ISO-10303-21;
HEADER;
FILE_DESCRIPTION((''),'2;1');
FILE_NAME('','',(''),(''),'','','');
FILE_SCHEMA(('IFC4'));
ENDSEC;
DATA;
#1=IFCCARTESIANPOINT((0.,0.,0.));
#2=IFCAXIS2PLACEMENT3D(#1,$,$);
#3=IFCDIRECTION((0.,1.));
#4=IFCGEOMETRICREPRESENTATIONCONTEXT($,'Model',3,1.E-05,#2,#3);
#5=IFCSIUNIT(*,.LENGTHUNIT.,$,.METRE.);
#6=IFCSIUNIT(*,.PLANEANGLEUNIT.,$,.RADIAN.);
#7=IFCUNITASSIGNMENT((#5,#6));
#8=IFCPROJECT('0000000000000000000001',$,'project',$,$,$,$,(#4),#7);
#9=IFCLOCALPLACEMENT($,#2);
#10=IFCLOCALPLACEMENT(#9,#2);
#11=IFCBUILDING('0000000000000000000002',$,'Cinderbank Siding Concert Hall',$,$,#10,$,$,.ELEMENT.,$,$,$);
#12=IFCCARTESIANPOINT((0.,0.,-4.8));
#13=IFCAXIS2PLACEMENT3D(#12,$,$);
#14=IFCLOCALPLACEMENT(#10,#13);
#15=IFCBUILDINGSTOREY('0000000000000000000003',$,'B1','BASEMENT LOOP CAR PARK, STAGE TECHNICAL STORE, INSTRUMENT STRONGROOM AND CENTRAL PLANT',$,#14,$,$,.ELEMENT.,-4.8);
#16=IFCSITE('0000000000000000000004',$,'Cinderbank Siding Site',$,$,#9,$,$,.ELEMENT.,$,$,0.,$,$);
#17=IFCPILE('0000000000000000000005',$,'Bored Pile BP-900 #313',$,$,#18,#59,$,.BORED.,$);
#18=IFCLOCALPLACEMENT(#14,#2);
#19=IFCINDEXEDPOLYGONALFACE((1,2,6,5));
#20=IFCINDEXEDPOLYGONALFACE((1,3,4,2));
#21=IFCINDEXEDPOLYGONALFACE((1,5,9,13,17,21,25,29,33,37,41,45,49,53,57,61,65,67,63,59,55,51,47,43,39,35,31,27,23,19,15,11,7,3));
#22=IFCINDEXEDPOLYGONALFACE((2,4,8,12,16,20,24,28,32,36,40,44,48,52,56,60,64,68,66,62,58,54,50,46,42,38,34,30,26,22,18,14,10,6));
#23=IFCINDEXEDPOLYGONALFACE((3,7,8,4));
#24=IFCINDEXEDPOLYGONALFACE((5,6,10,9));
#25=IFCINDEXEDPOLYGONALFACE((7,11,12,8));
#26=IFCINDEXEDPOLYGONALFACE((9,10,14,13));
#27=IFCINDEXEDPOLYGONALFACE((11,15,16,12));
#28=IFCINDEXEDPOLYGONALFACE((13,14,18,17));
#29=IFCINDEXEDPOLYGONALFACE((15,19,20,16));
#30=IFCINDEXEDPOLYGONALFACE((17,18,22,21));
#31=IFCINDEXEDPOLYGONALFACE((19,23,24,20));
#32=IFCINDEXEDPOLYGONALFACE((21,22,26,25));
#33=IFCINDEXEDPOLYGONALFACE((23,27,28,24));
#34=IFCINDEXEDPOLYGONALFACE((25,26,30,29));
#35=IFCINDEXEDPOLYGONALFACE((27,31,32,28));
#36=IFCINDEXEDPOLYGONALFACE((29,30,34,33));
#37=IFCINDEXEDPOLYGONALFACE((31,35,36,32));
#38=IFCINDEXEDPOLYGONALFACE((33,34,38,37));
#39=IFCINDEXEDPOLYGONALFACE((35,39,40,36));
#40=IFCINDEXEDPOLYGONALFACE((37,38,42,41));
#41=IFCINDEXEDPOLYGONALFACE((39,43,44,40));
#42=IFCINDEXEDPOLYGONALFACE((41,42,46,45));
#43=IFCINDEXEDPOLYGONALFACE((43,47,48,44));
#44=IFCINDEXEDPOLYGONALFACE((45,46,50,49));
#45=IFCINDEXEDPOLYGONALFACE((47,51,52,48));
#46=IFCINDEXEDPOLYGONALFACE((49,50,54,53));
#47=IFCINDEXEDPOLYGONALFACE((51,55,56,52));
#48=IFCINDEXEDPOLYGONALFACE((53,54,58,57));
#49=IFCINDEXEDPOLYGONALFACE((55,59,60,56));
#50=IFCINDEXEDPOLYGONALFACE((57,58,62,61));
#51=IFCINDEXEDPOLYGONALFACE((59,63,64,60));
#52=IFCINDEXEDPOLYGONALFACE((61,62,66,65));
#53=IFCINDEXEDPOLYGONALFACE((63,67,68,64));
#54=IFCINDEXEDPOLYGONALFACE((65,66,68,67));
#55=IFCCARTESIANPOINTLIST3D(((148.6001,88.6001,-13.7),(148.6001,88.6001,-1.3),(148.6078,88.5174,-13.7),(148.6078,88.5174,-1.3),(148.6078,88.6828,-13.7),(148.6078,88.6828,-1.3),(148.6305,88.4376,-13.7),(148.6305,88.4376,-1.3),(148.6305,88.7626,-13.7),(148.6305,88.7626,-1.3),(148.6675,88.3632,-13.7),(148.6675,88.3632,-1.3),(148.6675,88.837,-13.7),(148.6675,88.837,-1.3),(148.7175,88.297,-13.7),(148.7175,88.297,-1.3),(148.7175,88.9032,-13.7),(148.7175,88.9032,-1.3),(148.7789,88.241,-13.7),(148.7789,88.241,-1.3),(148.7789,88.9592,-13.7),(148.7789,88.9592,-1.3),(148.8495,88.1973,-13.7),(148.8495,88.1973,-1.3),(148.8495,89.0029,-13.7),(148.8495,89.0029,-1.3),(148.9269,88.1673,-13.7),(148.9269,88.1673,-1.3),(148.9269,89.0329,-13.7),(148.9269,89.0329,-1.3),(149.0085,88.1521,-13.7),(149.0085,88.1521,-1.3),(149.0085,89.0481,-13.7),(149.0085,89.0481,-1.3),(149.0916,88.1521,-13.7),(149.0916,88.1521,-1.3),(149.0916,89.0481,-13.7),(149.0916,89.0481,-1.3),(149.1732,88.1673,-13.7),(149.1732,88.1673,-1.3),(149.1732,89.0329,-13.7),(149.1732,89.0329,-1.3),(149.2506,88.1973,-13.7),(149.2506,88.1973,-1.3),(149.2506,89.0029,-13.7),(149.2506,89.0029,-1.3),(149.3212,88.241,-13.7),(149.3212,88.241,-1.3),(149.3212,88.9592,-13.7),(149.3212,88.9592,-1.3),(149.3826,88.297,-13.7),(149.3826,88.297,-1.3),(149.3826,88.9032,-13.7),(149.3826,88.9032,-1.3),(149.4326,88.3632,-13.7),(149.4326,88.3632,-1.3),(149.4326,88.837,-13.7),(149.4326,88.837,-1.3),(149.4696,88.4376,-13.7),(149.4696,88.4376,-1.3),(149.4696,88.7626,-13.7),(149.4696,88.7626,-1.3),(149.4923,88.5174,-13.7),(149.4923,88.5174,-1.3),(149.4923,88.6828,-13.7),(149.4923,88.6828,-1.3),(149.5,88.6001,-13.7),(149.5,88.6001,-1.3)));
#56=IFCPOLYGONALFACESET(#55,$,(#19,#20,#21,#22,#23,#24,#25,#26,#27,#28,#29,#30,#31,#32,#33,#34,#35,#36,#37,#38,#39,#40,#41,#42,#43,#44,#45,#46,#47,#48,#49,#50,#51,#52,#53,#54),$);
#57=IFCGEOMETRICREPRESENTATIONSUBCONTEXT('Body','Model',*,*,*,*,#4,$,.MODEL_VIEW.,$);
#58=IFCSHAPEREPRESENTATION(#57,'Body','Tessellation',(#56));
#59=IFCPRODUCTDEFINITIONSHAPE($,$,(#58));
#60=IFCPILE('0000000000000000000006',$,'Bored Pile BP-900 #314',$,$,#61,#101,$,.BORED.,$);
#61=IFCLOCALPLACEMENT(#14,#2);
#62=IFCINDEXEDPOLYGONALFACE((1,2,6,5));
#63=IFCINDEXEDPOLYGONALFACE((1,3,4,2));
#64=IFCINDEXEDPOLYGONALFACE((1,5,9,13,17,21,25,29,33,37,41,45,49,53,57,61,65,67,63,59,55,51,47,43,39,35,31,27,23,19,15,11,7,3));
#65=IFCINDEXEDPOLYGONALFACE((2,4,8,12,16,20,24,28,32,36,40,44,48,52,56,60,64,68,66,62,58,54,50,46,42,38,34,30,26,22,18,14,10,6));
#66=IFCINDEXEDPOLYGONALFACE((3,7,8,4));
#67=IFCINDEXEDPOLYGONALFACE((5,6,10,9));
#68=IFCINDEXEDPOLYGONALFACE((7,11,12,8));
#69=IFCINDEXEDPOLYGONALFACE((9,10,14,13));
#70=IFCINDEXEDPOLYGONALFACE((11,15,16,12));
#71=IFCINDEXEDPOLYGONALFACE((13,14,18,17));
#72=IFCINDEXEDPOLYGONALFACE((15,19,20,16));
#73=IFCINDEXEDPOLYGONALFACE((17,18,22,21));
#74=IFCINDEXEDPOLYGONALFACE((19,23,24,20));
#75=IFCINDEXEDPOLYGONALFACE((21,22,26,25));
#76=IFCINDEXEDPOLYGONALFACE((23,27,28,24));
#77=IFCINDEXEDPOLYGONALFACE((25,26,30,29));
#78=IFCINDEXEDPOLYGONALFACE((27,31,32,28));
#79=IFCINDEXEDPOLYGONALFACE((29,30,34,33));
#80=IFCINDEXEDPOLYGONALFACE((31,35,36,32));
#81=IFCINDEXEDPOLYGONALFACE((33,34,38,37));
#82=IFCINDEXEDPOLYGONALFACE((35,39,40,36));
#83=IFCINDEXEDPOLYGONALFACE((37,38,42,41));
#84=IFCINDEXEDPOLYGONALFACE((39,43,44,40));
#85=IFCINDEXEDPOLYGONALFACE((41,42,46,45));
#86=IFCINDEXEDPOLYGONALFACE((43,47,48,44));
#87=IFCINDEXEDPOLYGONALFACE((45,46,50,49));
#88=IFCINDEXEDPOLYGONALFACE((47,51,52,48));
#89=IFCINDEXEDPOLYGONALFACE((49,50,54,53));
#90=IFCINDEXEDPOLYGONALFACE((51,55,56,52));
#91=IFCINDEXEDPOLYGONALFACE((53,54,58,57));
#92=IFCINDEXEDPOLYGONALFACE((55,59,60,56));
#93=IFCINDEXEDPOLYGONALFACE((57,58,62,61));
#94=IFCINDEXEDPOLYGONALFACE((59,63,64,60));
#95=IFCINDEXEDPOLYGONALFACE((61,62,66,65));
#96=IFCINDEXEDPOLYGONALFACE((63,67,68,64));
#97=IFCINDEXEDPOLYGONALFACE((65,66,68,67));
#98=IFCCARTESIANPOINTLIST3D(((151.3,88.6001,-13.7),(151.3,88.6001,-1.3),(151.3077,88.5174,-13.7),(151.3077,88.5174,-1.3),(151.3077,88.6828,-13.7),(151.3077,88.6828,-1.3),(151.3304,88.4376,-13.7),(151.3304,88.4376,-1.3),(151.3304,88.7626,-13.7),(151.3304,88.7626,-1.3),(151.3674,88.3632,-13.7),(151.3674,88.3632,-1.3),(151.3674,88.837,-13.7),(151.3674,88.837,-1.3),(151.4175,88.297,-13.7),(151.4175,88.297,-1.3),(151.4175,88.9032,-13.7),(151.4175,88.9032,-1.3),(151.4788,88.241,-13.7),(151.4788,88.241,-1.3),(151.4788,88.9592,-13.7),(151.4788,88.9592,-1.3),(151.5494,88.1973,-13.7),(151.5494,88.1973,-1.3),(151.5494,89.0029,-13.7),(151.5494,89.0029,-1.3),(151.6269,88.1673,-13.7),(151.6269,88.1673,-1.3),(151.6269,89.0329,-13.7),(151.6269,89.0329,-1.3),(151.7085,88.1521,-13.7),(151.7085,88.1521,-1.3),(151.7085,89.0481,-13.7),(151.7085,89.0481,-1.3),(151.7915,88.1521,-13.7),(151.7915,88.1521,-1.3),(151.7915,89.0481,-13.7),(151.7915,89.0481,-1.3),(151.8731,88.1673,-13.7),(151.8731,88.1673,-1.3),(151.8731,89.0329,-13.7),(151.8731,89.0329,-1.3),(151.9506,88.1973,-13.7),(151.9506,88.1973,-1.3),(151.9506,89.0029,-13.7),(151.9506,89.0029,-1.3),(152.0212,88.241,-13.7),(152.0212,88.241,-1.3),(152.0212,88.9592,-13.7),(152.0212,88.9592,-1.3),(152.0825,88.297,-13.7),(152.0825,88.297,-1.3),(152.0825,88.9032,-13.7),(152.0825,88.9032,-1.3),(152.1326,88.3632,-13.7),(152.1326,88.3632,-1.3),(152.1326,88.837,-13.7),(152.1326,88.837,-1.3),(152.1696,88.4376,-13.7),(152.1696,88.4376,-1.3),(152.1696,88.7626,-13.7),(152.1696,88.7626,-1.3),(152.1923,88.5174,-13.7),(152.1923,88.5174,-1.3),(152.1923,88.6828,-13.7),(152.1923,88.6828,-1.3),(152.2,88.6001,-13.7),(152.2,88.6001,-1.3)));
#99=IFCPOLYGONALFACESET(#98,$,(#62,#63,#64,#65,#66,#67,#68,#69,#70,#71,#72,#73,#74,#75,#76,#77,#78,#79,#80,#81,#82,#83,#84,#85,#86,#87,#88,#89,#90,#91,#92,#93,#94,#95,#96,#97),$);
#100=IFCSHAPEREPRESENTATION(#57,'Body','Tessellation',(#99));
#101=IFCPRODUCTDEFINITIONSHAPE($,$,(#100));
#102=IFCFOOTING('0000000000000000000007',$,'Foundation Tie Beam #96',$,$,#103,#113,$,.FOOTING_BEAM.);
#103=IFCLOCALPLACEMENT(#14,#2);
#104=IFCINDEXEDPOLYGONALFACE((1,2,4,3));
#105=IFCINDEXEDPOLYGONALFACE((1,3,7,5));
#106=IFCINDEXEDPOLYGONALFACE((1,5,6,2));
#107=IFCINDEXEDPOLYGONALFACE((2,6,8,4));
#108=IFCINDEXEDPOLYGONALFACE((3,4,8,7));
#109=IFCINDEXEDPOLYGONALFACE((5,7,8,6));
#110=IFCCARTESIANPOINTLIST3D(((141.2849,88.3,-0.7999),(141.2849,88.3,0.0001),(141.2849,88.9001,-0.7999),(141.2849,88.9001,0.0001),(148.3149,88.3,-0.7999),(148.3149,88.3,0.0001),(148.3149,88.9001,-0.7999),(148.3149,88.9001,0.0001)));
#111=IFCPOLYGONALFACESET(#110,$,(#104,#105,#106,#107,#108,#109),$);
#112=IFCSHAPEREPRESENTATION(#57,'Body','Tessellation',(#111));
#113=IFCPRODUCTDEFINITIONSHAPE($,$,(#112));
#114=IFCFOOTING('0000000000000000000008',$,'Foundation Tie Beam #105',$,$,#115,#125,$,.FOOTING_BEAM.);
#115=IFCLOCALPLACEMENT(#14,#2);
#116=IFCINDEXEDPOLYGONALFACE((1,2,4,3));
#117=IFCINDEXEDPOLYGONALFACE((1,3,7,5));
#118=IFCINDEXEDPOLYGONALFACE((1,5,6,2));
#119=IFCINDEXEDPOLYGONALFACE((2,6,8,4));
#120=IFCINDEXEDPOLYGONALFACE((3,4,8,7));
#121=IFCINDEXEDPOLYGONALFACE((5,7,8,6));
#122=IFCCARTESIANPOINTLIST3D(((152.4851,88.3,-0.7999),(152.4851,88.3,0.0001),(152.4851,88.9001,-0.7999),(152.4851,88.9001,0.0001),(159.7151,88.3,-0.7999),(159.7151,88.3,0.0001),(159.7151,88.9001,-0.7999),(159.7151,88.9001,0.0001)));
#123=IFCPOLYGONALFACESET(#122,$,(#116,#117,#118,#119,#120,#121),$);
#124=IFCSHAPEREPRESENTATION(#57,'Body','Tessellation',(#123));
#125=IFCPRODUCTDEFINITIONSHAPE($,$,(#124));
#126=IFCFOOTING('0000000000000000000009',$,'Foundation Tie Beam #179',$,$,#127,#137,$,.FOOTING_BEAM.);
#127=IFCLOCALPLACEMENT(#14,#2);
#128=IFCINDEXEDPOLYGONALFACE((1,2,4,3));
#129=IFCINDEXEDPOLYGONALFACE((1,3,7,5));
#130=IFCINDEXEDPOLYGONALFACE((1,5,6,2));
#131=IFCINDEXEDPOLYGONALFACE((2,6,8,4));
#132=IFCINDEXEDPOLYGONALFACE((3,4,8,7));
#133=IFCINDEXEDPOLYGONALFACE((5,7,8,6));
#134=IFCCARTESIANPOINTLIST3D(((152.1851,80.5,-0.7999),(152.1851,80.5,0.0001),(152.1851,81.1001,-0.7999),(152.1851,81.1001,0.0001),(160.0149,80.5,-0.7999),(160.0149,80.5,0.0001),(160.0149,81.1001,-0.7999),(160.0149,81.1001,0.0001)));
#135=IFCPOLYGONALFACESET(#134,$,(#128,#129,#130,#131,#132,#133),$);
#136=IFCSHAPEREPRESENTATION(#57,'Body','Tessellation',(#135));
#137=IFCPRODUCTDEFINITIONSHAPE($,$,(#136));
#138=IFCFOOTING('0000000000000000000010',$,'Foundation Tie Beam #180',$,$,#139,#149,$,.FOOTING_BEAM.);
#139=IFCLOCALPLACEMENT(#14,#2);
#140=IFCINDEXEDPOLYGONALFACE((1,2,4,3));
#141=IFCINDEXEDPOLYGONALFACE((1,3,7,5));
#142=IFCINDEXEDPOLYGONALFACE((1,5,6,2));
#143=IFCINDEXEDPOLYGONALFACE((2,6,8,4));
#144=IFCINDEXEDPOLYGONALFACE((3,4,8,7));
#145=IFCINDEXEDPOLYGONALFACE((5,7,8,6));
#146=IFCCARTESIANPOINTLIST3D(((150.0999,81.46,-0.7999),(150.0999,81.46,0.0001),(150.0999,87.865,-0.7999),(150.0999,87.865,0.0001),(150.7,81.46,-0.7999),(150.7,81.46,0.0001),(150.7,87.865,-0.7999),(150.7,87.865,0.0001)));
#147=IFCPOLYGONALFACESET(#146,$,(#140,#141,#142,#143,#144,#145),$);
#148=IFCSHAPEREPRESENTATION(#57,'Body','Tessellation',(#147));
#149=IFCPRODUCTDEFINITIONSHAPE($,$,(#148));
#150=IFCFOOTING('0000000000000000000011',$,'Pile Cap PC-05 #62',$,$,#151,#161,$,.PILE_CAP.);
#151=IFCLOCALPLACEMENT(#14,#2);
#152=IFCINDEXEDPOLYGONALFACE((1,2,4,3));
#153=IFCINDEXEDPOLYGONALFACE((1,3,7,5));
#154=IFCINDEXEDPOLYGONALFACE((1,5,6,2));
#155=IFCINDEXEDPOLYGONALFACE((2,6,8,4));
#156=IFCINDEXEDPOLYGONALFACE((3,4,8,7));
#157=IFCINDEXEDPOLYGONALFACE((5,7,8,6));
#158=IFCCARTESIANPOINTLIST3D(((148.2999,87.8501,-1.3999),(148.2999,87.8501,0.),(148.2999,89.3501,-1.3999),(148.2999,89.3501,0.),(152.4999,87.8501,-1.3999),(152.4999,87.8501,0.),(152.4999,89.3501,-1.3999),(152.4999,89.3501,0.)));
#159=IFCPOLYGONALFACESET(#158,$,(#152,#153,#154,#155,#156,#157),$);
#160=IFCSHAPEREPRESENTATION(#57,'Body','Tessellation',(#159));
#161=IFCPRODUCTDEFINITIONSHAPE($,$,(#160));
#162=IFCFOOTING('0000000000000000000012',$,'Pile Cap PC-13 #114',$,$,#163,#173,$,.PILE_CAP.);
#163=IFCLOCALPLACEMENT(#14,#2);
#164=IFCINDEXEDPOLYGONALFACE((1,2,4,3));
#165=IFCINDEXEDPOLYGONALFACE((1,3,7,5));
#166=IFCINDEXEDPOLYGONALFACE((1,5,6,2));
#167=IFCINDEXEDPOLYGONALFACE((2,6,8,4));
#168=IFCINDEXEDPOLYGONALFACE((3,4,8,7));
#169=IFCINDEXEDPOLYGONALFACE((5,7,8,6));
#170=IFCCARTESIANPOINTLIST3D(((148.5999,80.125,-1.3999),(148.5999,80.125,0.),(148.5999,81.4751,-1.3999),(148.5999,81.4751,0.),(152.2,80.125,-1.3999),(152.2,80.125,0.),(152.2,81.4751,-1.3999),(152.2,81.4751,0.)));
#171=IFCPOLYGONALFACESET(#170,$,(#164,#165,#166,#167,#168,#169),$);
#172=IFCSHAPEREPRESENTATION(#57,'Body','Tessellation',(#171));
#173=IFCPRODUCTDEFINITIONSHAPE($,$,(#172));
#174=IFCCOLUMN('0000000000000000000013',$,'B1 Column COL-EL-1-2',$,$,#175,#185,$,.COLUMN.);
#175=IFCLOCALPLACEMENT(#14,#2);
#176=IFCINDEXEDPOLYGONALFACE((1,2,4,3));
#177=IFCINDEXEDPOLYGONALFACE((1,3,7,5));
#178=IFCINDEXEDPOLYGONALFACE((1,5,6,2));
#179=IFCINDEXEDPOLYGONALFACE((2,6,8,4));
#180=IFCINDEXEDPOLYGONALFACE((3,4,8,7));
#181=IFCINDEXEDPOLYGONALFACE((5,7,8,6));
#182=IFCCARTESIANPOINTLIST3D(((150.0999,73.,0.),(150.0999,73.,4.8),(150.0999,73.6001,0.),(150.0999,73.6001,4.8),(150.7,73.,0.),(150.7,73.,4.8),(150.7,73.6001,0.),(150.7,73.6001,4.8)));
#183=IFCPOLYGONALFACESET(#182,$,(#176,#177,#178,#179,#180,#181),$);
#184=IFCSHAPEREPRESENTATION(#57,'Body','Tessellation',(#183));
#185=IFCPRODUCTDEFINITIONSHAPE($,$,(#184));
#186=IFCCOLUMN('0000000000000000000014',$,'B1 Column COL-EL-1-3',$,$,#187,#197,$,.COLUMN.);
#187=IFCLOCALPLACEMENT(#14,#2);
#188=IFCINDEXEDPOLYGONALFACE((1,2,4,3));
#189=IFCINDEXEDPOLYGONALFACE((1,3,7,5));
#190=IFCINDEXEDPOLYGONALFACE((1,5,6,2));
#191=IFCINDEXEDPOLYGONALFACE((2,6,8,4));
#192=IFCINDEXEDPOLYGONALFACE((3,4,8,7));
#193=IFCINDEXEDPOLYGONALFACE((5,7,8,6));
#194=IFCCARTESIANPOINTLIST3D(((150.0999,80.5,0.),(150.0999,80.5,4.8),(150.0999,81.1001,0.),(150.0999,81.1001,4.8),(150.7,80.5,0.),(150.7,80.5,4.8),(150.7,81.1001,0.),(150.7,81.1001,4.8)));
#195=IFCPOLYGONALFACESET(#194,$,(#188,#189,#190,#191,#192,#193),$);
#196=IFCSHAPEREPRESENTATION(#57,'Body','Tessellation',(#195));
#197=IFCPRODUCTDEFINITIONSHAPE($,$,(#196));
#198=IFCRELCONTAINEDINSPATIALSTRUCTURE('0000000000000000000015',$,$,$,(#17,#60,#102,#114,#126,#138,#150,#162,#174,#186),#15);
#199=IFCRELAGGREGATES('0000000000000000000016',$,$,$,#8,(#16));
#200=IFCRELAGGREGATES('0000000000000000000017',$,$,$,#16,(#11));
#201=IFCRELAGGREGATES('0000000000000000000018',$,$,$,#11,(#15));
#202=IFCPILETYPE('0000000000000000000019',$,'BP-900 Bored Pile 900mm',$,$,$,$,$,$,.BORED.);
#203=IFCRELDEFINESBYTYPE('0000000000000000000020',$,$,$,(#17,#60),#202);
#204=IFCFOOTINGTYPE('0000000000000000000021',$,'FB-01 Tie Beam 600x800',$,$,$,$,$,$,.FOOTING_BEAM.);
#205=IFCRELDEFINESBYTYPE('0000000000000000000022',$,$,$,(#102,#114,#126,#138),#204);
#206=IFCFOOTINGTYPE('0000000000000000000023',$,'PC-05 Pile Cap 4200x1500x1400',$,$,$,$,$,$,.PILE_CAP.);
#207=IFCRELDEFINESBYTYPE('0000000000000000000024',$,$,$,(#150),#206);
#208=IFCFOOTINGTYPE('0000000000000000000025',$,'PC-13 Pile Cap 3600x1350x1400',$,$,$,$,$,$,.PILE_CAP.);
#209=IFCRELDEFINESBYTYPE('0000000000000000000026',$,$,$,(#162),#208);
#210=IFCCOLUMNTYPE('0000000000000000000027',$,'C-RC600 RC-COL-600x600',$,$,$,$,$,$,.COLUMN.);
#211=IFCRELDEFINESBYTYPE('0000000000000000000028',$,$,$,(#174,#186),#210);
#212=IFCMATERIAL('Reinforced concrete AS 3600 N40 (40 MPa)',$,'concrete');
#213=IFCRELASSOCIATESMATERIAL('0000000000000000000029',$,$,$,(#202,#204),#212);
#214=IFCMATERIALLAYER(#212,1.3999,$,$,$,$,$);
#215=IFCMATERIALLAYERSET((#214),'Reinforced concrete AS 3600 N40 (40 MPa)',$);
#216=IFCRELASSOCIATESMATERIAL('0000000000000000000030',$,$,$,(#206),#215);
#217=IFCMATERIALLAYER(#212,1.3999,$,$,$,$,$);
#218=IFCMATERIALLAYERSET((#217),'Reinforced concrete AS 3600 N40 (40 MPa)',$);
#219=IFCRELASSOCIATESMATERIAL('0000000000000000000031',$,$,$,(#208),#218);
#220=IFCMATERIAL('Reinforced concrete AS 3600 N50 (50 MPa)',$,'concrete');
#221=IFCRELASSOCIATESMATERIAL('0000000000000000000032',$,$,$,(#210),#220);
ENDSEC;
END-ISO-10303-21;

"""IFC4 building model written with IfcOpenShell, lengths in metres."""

from ifc_helpers import new_model, si_unit, direction, frame, origin, origin_2d, place, context, subcontext, project, spatial, rectangle, circle, extrude, material, layer, layer_set, material_profile, profile_set, type_object, element, save


model = new_model("IFC4")

# Units and contexts
model_context = context("Model", 3, precision=1e-05, world=origin(), true_north=direction((0.0, 1.0)))
body_context = subcontext(model_context, "Body", "Model", "MODEL_VIEW")
ifc_project = project(units=[si_unit("LENGTHUNIT", "METRE"), si_unit("PLANEANGLEUNIT", "RADIAN")], contexts=[model_context])

# Site, building, storey
site_placement = place(None, origin())
site = spatial("IfcSite", under=ifc_project, at=site_placement, Name="Cinderbank Siding Site", CompositionType="ELEMENT", RefElevation=0.0)
building_placement = place(site_placement, origin())
building = spatial("IfcBuilding", under=site, at=building_placement, Name="Cinderbank Siding Concert Hall", CompositionType="ELEMENT")
storey_placement = place(building_placement, frame((0.0, 0.0, -4.8)))
storey = spatial("IfcBuildingStorey", under=building, at=storey_placement, Name="B1", Description="BASEMENT LOOP CAR PARK, STAGE TECHNICAL STORE, INSTRUMENT STRONGROOM AND CENTRAL PLANT", CompositionType="ELEMENT", Elevation=-4.8)

# Piles
ifc_material_1 = material(Name="Reinforced concrete AS 3600 N40 (40 MPa)", Category="concrete")
ifc_material_profile_1 = material_profile(ifc_material_1, circle(Radius=0.45, at=origin_2d()), Name="PILE-900DIA", Category="LoadBearing")
ifc_profile_set_1 = profile_set([ifc_material_profile_1], Name="Reinforced concrete AS 3600 N40 (40 MPa)")
pile_type_1 = type_object("IfcPileType", Name="BP-900 Bored Pile 900mm", PredefinedType="BORED", material=ifc_profile_set_1)
for number, where, z_axis, x_axis, name in (
    (1, (149.05, 88.6001, -1.3), (0.0, 0.0, -1.0), (1.0, 0.0, 0.0), "Bored Pile BP-900 #313"),
    (2, (151.75, 88.6001, -1.3), (0.0, 0.0, -1.0), (1.0, 0.0, 0.0), "Bored Pile BP-900 #314"),
):
    element("IfcPile", number, at=place(storey_placement, frame(where, z_axis=z_axis, x_axis=x_axis)), inside=storey, type_object=pile_type_1, Name=name, PredefinedType="BORED", context=body_context, shape_type="SweptSolid", body=[
        extrude(circle(Radius=0.45, at=origin_2d()), origin(), (0.0, 0.0, 1.0), 12.3999),
    ])

# Footings
ifc_material_profile_2 = material_profile(ifc_material_1, rectangle(XDim=0.6001, YDim=0.8, at=origin_2d()), Name="RC-FB-600x800", Category="LoadBearing")
ifc_profile_set_2 = profile_set([ifc_material_profile_2], Name="Reinforced concrete AS 3600 N40 (40 MPa)")
footing_type_1 = type_object("IfcFootingType", Name="FB-01 Tie Beam 600x800", PredefinedType="FOOTING_BEAM", material=ifc_profile_set_2)
footing_1_placement = place(storey_placement, frame((141.2849, 88.6001, -0.3999), z_axis=(1.0, 0.0, 0.0), x_axis=(0.0, 1.0, 0.0)))
element("IfcFooting", 3, at=footing_1_placement, inside=storey, type_object=footing_type_1, Name="Foundation Tie Beam #96", PredefinedType="FOOTING_BEAM", context=body_context, shape_type="SweptSolid", body=[
    extrude(rectangle(XDim=0.6001, YDim=0.8, at=origin_2d()), origin(), (0.0, 0.0, 1.0), 7.03),
])
footing_2_placement = place(storey_placement, frame((152.4851, 88.6001, -0.3999), z_axis=(1.0, 0.0, 0.0), x_axis=(0.0, 1.0, 0.0)))
element("IfcFooting", 4, at=footing_2_placement, inside=storey, type_object=footing_type_1, Name="Foundation Tie Beam #105", PredefinedType="FOOTING_BEAM", context=body_context, shape_type="SweptSolid", body=[
    extrude(rectangle(XDim=0.6001, YDim=0.8, at=origin_2d()), origin(), (0.0, 0.0, 1.0), 7.23),
])
footing_3_placement = place(storey_placement, frame((152.1851, 80.8, -0.3999), z_axis=(1.0, 0.0, 0.0), x_axis=(0.0, 1.0, 0.0)))
element("IfcFooting", 5, at=footing_3_placement, inside=storey, type_object=footing_type_1, Name="Foundation Tie Beam #179", PredefinedType="FOOTING_BEAM", context=body_context, shape_type="SweptSolid", body=[
    extrude(rectangle(XDim=0.6001, YDim=0.8, at=origin_2d()), origin(), (0.0, 0.0, 1.0), 7.8298),
])
footing_4_placement = place(storey_placement, frame((150.3999, 81.46, -0.3999), z_axis=(0.0, 1.0, 0.0), x_axis=(-1.0, 0.0, 0.0)))
element("IfcFooting", 6, at=footing_4_placement, inside=storey, type_object=footing_type_1, Name="Foundation Tie Beam #180", PredefinedType="FOOTING_BEAM", context=body_context, shape_type="SweptSolid", body=[
    extrude(rectangle(XDim=0.6001, YDim=0.8, at=origin_2d()), origin(), (0.0, 0.0, 1.0), 6.405),
])
ifc_layer_1 = layer(ifc_material_1, 1.3999)
ifc_layer_set_1 = layer_set([ifc_layer_1], Name="Reinforced concrete AS 3600 N40 (40 MPa)")
footing_type_2 = type_object("IfcFootingType", Name="PC-05 Pile Cap 4200x1500x1400", PredefinedType="PILE_CAP", material=ifc_layer_set_1)
footing_5_placement = place(storey_placement, frame((150.3999, 88.6001, -1.3999), z_axis=(0.0, 0.0, 1.0), x_axis=(1.0, 0.0, 0.0)))
element("IfcFooting", 7, at=footing_5_placement, inside=storey, type_object=footing_type_2, Name="Pile Cap PC-05 #62", PredefinedType="PILE_CAP", context=body_context, shape_type="SweptSolid", body=[
    extrude(rectangle(XDim=4.2, YDim=1.5, at=origin_2d()), origin(), (0.0, 0.0, 1.0), 1.3999),
])
ifc_layer_2 = layer(ifc_material_1, 1.3999)
ifc_layer_set_2 = layer_set([ifc_layer_2], Name="Reinforced concrete AS 3600 N40 (40 MPa)")
footing_type_3 = type_object("IfcFootingType", Name="PC-13 Pile Cap 3600x1350x1400", PredefinedType="PILE_CAP", material=ifc_layer_set_2)
footing_6_placement = place(storey_placement, frame((150.3999, 80.8, -1.3999), z_axis=(0.0, 0.0, 1.0), x_axis=(1.0, 0.0, 0.0)))
element("IfcFooting", 8, at=footing_6_placement, inside=storey, type_object=footing_type_3, Name="Pile Cap PC-13 #114", PredefinedType="PILE_CAP", context=body_context, shape_type="SweptSolid", body=[
    extrude(rectangle(XDim=3.6001, YDim=1.3501, at=origin_2d()), origin(), (0.0, 0.0, 1.0), 1.3999),
])

# Columns
ifc_material_2 = material(Name="Reinforced concrete AS 3600 N50 (50 MPa)", Category="concrete")
ifc_material_profile_3 = material_profile(ifc_material_2, rectangle(XDim=0.6001, YDim=0.6001, at=origin_2d()), Name="RC-COL-600x600", Category="LoadBearing")
ifc_profile_set_3 = profile_set([ifc_material_profile_3], Name="Reinforced concrete AS 3600 N50 (50 MPa)")
column_type_1 = type_object("IfcColumnType", Name="C-RC600 RC-COL-600x600", PredefinedType="COLUMN", material=ifc_profile_set_3)
for number, where, z_axis, x_axis, name in (
    (9, (150.3999, 73.3, 0.0), (0.0, 0.0, 1.0), (1.0, 0.0, 0.0), "B1 Column COL-EL-1-2"),
    (10, (150.3999, 80.8, 0.0), (0.0, 0.0, 1.0), (1.0, 0.0, 0.0), "B1 Column COL-EL-1-3"),
):
    element("IfcColumn", number, at=place(storey_placement, frame(where, z_axis=z_axis, x_axis=x_axis)), inside=storey, type_object=column_type_1, Name=name, PredefinedType="COLUMN", context=body_context, shape_type="SweptSolid", body=[
        extrude(rectangle(XDim=0.6001, YDim=0.6001, at=origin_2d()), origin(), (0.0, 0.0, 1.0), 4.8),
    ])

save(model, "model.ifc")
